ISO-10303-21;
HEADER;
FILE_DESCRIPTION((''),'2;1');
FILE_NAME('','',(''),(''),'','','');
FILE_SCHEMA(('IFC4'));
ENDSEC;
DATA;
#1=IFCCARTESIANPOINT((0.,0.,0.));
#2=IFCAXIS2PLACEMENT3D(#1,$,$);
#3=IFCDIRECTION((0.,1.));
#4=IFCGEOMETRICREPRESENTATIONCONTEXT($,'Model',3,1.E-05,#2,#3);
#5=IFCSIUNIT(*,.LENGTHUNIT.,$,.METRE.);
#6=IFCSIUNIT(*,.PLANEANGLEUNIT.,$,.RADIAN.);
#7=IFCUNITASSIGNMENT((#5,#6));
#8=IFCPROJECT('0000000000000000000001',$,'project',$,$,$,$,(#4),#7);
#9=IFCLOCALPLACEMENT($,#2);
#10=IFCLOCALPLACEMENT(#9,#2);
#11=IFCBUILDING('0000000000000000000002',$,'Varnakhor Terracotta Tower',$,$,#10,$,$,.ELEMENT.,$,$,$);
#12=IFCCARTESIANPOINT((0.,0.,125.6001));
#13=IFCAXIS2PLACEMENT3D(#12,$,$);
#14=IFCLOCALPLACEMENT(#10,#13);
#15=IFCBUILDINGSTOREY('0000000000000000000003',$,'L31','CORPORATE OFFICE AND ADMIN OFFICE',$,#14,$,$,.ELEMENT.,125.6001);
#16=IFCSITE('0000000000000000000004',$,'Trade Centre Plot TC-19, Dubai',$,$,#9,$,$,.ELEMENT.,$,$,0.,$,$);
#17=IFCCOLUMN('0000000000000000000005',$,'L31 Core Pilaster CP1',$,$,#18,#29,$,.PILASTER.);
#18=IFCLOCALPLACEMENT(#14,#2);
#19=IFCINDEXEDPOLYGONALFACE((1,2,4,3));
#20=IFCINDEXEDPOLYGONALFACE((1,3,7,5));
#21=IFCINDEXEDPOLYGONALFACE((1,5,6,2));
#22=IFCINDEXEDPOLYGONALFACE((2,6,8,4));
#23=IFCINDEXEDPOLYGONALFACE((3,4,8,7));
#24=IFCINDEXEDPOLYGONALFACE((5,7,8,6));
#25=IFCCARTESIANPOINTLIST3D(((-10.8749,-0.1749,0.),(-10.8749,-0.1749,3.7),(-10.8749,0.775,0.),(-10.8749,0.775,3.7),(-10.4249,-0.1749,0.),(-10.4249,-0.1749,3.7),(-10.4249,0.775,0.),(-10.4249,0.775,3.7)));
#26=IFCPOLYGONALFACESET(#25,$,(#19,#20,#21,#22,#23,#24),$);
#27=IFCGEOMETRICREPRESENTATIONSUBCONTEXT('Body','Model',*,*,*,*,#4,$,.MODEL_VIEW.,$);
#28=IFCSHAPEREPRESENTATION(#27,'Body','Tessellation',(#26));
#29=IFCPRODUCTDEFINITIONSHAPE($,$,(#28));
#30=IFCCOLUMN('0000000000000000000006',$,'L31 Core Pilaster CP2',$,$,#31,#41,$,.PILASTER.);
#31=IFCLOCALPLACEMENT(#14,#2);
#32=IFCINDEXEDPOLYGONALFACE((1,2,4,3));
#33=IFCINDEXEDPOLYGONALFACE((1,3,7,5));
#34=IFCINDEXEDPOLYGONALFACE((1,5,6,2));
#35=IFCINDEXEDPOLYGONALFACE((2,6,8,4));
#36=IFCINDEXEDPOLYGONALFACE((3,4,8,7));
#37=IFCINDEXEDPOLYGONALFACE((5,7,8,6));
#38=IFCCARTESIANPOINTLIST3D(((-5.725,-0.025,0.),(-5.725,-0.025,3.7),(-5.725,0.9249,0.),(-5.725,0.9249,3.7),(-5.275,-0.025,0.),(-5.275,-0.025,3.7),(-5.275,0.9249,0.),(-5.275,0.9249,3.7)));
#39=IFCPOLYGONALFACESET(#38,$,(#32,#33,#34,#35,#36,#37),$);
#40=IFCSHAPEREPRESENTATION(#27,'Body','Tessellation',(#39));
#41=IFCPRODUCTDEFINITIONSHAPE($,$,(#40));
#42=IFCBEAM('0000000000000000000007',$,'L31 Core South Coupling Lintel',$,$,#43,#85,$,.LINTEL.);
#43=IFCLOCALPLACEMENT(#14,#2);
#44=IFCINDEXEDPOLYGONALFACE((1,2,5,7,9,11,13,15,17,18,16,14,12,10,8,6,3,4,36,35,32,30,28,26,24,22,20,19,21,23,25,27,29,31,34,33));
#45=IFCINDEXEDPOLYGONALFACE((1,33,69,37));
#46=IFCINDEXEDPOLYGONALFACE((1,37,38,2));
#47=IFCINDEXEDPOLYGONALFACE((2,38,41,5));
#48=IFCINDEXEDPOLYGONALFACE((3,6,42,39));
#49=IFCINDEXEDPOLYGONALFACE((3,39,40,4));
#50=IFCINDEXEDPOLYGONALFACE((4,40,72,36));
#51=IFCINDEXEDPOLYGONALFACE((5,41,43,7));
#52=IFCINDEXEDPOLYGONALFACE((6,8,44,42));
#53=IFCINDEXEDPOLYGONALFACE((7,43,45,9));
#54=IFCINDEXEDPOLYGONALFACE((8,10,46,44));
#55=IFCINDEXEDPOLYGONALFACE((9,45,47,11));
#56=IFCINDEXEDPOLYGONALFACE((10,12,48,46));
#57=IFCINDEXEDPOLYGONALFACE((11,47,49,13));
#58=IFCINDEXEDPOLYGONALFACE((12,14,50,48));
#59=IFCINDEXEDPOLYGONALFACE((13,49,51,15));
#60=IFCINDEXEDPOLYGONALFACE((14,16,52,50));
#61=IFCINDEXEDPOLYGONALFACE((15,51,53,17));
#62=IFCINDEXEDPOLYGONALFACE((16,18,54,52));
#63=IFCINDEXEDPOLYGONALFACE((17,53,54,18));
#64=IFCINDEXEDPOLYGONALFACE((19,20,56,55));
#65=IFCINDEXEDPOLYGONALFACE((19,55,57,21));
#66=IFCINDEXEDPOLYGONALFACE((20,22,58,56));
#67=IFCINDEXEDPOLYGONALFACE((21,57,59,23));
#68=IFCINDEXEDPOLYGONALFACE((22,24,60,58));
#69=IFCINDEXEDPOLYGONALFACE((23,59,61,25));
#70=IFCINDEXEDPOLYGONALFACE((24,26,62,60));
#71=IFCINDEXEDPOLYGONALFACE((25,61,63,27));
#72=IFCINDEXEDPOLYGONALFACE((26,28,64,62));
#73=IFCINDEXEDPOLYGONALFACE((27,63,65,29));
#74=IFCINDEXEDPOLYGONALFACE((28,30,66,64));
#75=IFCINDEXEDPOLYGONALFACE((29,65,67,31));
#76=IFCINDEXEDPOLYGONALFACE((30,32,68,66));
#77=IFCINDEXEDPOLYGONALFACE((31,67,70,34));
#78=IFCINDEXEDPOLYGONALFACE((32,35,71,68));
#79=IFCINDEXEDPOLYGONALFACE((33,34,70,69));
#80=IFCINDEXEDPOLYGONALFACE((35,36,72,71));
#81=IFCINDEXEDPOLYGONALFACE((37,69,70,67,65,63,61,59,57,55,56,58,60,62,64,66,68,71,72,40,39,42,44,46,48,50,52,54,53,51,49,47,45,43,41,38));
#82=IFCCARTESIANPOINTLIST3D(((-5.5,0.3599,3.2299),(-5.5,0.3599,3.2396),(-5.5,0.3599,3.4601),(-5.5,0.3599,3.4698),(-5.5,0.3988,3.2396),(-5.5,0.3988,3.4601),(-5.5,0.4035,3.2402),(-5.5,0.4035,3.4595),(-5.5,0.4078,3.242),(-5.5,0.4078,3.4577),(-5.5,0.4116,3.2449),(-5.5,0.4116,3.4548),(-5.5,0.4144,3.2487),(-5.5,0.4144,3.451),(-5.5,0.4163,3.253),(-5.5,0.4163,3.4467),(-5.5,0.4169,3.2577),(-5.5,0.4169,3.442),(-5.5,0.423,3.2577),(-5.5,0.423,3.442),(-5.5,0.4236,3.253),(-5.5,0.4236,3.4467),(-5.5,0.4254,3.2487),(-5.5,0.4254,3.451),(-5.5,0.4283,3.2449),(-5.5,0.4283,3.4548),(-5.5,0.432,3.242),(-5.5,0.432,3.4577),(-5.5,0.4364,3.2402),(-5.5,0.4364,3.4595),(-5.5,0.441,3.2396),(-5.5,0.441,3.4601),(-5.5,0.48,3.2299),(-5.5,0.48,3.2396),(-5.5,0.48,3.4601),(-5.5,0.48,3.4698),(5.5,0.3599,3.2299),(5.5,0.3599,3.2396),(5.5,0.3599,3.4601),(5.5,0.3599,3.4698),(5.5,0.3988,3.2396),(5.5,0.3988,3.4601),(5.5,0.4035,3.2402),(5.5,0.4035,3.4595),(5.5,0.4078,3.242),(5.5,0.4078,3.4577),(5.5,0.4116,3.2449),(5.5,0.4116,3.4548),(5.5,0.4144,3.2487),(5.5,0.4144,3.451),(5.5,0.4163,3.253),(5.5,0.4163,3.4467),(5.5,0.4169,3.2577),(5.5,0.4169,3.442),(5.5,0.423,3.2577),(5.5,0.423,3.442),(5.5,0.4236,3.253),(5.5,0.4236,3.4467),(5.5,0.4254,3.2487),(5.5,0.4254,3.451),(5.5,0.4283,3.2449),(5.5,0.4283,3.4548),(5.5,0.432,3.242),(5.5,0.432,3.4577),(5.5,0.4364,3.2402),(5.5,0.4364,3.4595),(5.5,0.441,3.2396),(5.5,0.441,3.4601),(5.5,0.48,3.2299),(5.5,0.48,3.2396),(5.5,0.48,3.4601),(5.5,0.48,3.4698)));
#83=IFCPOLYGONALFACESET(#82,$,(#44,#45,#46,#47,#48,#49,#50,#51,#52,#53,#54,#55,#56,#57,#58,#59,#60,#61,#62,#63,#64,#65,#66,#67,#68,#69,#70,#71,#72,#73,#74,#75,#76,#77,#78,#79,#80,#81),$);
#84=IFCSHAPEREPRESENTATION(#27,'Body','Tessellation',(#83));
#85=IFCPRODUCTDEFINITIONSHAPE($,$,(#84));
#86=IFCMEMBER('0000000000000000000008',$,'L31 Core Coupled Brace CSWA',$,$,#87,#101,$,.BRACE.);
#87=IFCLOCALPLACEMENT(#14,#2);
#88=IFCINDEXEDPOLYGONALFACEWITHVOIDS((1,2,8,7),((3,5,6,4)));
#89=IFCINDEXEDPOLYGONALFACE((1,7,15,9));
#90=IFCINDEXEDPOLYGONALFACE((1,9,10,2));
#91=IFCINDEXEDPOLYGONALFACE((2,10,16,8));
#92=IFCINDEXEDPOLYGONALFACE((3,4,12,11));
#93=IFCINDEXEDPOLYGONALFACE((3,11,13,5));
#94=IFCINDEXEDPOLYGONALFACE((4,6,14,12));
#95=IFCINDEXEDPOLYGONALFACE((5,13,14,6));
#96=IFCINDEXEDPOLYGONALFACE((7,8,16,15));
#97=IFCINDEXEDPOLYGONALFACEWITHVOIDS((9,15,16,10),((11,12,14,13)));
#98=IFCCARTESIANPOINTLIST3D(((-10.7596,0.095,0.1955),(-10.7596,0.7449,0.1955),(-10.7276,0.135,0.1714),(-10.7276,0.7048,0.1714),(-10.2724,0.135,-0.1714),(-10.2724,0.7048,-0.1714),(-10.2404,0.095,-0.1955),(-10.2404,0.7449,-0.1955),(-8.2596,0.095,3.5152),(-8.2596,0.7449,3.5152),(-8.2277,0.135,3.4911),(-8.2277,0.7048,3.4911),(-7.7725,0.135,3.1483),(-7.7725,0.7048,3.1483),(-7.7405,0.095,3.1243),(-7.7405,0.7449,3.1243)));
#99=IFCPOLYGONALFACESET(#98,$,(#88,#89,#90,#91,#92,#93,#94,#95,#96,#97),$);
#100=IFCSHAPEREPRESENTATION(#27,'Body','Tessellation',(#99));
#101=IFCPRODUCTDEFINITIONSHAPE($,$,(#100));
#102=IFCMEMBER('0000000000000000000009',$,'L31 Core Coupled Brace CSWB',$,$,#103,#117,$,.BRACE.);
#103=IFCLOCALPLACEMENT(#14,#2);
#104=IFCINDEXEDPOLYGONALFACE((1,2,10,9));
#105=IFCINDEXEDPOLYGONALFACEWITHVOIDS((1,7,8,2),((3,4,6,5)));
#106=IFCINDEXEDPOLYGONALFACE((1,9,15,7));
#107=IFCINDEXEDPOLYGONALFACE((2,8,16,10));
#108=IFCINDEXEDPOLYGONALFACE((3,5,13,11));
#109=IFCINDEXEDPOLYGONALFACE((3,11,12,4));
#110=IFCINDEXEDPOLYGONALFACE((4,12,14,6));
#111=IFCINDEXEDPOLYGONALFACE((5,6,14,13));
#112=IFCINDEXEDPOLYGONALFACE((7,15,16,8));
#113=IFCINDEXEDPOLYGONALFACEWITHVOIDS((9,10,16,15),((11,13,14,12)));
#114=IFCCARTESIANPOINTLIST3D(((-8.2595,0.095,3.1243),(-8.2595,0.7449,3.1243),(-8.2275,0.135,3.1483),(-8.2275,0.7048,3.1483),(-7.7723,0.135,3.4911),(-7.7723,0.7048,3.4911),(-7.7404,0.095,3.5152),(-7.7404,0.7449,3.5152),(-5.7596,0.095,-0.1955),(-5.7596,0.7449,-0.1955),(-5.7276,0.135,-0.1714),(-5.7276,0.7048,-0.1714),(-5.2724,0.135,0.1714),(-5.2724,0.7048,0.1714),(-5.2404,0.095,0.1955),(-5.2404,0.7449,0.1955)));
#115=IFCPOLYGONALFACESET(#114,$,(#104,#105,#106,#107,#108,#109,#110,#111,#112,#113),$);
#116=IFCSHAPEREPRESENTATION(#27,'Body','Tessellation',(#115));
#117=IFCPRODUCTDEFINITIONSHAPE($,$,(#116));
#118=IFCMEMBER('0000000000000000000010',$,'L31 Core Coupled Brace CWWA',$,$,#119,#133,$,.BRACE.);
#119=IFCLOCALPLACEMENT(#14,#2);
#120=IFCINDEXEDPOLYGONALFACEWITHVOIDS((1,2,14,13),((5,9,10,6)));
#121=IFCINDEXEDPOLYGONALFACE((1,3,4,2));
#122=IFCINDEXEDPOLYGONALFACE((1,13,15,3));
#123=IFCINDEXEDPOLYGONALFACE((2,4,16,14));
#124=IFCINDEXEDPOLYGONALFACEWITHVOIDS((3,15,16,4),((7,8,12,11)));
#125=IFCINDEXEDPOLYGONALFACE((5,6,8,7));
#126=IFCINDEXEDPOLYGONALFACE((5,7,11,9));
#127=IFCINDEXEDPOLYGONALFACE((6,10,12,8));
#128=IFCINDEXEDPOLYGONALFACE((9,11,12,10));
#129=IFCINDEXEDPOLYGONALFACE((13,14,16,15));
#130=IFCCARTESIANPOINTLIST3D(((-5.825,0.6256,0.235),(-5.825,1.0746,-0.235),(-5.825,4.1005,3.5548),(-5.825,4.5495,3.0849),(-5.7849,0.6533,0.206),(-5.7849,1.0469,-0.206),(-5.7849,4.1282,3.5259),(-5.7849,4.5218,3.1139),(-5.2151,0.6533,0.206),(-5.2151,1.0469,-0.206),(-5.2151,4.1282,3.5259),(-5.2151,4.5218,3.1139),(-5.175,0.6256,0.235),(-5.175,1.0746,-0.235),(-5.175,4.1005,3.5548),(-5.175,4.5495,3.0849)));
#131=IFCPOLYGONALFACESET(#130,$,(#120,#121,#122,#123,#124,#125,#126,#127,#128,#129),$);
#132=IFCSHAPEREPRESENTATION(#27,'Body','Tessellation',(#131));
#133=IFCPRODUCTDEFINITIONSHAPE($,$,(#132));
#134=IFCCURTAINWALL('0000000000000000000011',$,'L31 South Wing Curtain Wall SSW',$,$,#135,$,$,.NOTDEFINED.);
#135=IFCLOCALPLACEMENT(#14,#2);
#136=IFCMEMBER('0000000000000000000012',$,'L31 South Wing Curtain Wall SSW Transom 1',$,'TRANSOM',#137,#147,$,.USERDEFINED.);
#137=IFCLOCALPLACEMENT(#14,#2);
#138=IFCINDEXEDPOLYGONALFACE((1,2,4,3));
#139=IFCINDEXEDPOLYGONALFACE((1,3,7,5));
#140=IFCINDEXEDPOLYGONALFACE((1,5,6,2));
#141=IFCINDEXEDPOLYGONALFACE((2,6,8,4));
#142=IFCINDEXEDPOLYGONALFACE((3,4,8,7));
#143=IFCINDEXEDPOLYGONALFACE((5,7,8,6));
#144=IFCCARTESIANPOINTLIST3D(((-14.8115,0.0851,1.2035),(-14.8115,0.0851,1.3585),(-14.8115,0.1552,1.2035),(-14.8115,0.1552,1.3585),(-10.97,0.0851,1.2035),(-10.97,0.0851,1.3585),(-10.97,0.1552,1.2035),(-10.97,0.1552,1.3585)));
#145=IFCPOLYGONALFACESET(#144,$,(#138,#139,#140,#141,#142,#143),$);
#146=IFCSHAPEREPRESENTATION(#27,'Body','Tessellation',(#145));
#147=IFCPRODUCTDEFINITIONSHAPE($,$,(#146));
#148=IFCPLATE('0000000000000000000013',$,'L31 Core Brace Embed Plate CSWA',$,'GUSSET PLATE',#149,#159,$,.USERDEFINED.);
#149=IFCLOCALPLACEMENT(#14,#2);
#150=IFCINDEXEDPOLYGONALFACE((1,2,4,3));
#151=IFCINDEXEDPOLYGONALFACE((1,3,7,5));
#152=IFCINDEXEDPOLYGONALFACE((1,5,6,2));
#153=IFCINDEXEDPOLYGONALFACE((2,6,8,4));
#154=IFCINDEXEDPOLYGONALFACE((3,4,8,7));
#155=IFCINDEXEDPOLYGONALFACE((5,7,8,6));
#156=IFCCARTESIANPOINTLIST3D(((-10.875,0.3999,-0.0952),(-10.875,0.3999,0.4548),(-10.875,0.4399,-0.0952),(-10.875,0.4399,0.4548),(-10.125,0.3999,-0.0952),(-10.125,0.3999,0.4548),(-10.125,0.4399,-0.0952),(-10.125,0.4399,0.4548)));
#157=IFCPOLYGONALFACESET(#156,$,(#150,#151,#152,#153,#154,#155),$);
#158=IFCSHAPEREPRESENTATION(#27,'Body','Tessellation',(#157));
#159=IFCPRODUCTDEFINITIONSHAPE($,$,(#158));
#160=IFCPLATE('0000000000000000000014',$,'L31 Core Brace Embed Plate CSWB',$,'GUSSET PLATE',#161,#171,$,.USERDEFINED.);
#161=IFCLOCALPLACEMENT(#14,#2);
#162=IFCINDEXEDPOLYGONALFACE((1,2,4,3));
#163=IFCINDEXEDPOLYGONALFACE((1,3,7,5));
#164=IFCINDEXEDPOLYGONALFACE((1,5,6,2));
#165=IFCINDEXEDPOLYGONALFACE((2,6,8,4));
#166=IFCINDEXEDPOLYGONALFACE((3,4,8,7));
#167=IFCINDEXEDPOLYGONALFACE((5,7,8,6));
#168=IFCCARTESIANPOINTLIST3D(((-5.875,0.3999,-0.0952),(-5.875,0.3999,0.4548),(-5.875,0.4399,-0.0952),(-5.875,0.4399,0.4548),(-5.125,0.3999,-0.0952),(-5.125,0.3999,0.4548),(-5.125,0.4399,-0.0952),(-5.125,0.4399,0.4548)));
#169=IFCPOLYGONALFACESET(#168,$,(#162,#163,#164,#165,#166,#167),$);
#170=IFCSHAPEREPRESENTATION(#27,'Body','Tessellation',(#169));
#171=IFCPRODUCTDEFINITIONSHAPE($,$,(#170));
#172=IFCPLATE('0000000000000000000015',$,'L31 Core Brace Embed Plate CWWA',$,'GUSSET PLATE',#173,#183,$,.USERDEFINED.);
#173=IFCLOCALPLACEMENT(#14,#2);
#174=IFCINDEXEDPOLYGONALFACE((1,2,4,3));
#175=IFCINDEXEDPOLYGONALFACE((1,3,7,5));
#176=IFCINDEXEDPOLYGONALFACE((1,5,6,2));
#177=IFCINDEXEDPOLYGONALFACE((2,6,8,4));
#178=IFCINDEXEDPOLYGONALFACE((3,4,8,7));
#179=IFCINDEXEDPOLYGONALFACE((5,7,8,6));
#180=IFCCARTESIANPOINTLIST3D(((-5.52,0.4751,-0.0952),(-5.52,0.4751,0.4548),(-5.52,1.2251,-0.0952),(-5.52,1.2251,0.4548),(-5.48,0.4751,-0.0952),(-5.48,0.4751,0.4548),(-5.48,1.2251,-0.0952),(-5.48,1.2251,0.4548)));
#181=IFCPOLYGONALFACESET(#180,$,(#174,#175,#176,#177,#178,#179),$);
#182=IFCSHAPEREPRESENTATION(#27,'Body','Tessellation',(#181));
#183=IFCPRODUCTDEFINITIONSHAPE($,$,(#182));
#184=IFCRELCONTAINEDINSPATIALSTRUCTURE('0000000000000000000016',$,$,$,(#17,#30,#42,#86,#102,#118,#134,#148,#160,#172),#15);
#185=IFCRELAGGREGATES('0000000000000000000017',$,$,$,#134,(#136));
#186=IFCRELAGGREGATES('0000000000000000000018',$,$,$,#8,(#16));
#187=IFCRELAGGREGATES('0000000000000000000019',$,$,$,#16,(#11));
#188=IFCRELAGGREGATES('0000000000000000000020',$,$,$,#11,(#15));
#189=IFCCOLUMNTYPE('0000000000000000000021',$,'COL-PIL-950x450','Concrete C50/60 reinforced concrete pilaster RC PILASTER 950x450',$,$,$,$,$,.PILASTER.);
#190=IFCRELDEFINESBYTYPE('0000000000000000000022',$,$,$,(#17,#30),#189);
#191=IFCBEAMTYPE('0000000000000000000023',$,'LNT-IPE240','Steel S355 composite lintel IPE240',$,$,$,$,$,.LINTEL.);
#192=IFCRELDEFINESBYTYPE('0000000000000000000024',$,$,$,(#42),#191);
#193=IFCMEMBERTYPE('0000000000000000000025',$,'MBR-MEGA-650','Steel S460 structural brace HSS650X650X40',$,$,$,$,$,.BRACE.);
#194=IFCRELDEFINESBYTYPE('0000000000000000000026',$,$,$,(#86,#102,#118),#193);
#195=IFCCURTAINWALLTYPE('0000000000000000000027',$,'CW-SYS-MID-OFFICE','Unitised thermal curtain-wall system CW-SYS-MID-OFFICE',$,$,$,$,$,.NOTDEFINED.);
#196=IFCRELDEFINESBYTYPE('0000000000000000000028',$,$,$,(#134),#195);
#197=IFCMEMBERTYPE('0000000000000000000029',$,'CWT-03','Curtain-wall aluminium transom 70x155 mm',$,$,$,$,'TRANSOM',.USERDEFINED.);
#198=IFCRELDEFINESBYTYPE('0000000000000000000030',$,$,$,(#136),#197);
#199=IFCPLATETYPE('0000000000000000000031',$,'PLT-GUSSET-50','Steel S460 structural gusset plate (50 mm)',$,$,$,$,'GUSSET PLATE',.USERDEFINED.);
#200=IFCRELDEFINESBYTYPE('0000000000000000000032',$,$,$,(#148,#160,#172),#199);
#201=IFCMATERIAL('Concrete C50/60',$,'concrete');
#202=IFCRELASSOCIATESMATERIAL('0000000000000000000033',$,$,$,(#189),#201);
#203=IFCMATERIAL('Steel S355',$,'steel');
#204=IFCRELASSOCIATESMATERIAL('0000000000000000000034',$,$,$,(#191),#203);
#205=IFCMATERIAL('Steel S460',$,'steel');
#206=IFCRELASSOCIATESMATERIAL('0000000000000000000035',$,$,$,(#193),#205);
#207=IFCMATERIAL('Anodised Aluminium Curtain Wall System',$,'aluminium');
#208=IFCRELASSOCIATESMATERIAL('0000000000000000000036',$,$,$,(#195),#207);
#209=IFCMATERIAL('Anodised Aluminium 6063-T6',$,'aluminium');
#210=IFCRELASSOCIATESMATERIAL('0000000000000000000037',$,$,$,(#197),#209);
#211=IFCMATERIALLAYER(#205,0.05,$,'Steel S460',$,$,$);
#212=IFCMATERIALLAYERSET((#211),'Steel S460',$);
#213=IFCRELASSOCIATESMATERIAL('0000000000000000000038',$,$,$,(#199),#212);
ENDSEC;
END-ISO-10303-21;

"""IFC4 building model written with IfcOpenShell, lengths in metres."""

from ifc_helpers import new_model, si_unit, direction, frame, origin, origin_2d, place, context, subcontext, project, spatial, rectangle, hollow_rectangle, i_section, extrude, source, transform, mapped, material, layer, layer_set, material_profile, profile_set, type_object, type_shapes, element, aggregate, save


model = new_model("IFC4")

# Units and contexts
model_context = context("Model", 3, precision=1e-05, world=origin(), true_north=direction((0.0, 1.0)))
body_context = subcontext(model_context, "Body", "Model", "MODEL_VIEW")
ifc_project = project(units=[si_unit("LENGTHUNIT", "METRE"), si_unit("PLANEANGLEUNIT", "RADIAN")], contexts=[model_context])

# Site, building, storey
site_placement = place(None, origin())
site = spatial("IfcSite", under=ifc_project, at=site_placement, Name="Trade Centre Plot TC-19, Dubai", CompositionType="ELEMENT", RefElevation=0.0)
building_placement = place(site_placement, origin())
building = spatial("IfcBuilding", under=site, at=building_placement, Name="Varnakhor Terracotta Tower", CompositionType="ELEMENT")
storey_placement = place(building_placement, frame((0.0, 0.0, 125.6001)))
storey = spatial("IfcBuildingStorey", under=building, at=storey_placement, Name="L31", Description="CORPORATE OFFICE AND ADMIN OFFICE", CompositionType="ELEMENT", Elevation=125.6001)

# Columns
ifc_material_1 = material(Name="Concrete C50/60", Category="concrete")
ifc_material_profile_1 = material_profile(ifc_material_1, rectangle(XDim=0.45, YDim=0.95, at=origin_2d()), Name="RC PILASTER 950x450")
ifc_profile_set_1 = profile_set([ifc_material_profile_1], Name="Concrete C50/60")
column_type = type_object("IfcColumnType", Name="COL-PIL-950x450", Description="Concrete C50/60 reinforced concrete pilaster RC PILASTER 950x450", PredefinedType="PILASTER", material=ifc_profile_set_1)
shared_shape_1 = source(origin(), body_context, "Body", "SweptSolid", [
    extrude(rectangle(XDim=0.45, YDim=0.95, at=origin_2d()), origin(), (0.0, 0.0, 1.0), 3.7),
])
for number, where, z_axis, x_axis, name in (
    (1, (-10.6499, 0.3, 0.0), (0.0, 0.0, 1.0), (1.0, 0.0, 0.0), "L31 Core Pilaster CP1"),
    (2, (-5.5, 0.45, 0.0), (0.0, 0.0, 1.0), (1.0, 0.0, 0.0), "L31 Core Pilaster CP2"),
):
    element("IfcColumn", number, at=place(storey_placement, frame(where, z_axis=z_axis, x_axis=x_axis)), inside=storey, type_object=column_type, Name=name, PredefinedType="PILASTER", context=body_context, shape_type="MappedRepresentation", body=[
        mapped(shared_shape_1, transform((0.0, 0.0, 0.0), scale=1.0)),
    ])

# Beam
ifc_material_2 = material(Name="Steel S355", Category="steel")
ifc_material_profile_2 = material_profile(ifc_material_2, i_section(OverallWidth=0.1201, OverallDepth=0.24, WebThickness=0.0061, FlangeThickness=0.0098, FilletRadius=0.0181, at=origin_2d()), Name="IPE240")
ifc_profile_set_2 = profile_set([ifc_material_profile_2], Name="Steel S355")
beam_type = type_object("IfcBeamType", Name="LNT-IPE240", Description="Steel S355 composite lintel IPE240", PredefinedType="LINTEL", material=ifc_profile_set_2)
shared_shape_2 = source(origin(), body_context, "Body", "SweptSolid", [
    extrude(i_section(OverallWidth=0.1201, OverallDepth=0.24, WebThickness=0.0061, FlangeThickness=0.0098, FilletRadius=0.0181, at=origin_2d()), origin(), (0.0, 0.0, 1.0), 11.0),
])
type_shapes(beam_type, [shared_shape_2])
beam_placement = place(storey_placement, frame((-5.5, 0.4199, 3.3499), z_axis=(1.0, 0.0, 0.0), x_axis=(0.0, 1.0, 0.0)))
element("IfcBeam", 3, at=beam_placement, inside=storey, type_object=beam_type, Name="L31 Core South Coupling Lintel", PredefinedType="LINTEL", context=body_context, shape_type="MappedRepresentation", body=[
    mapped(shared_shape_2, transform((0.0, 0.0, 0.0), scale=1.0)),
])

# Members
ifc_material_3 = material(Name="Steel S460", Category="steel")
ifc_material_profile_3 = material_profile(ifc_material_3, hollow_rectangle(XDim=0.6499, YDim=0.6499, WallThickness=0.04, at=origin_2d()), Name="HSS650X650X40")
ifc_profile_set_3 = profile_set([ifc_material_profile_3], Name="Steel S460")
member_type_1 = type_object("IfcMemberType", Name="MBR-MEGA-650", Description="Steel S460 structural brace HSS650X650X40", PredefinedType="BRACE", material=ifc_profile_set_3)
shared_shape_3 = source(origin(), body_context, "Body", "SweptSolid", [
    extrude(hollow_rectangle(XDim=0.6499, YDim=0.6499, WallThickness=0.04, at=origin_2d()), origin(), (0.0, 0.0, 1.0), 4.1558),
])
for number, where, z_axis, x_axis, name in (
    (4, (-10.5, 0.4199, 0.0), (0.601559, 0.0, 0.798828), (0.0, 1.0, 0.0), "L31 Core Coupled Brace CSWA"),
    (5, (-5.5, 0.4199, 0.0), (-0.601559, 0.0, 0.798828), (0.0, -1.0, 0.0), "L31 Core Coupled Brace CSWB"),
):
    element("IfcMember", number, at=place(storey_placement, frame(where, z_axis=z_axis, x_axis=x_axis)), inside=storey, type_object=member_type_1, Name=name, PredefinedType="BRACE", context=body_context, shape_type="MappedRepresentation", body=[
        mapped(shared_shape_3, transform((0.0, 0.0, 0.0), scale=1.0)),
    ])
shared_shape_4 = source(origin(), body_context, "Body", "SweptSolid", [
    extrude(hollow_rectangle(XDim=0.6499, YDim=0.6499, WallThickness=0.04, at=origin_2d()), origin(), (0.0, 0.0, 1.0), 4.8059),
])
member_1_placement = place(storey_placement, frame((-5.5, 0.8501, 0.0), z_axis=(0.0, 0.723052, 0.690793), x_axis=(-1.0, 0.0, 0.0)))
element("IfcMember", 6, at=member_1_placement, inside=storey, type_object=member_type_1, Name="L31 Core Coupled Brace CWWA", PredefinedType="BRACE", context=body_context, shape_type="MappedRepresentation", body=[
    mapped(shared_shape_4, transform((0.0, 0.0, 0.0), scale=1.0)),
])

# Curtain wall, member
ifc_material_4 = material(Name="Anodised Aluminium Curtain Wall System", Category="aluminium")
curtain_wall_type = type_object("IfcCurtainWallType", Name="CW-SYS-MID-OFFICE", Description="Unitised thermal curtain-wall system CW-SYS-MID-OFFICE", PredefinedType="NOTDEFINED", material=ifc_material_4)
curtain_wall_placement = place(storey_placement, origin())
curtain_wall = element("IfcCurtainWall", 7, at=curtain_wall_placement, inside=storey, type_object=curtain_wall_type, Name="L31 South Wing Curtain Wall SSW", PredefinedType="NOTDEFINED")
ifc_material_5 = material(Name="Anodised Aluminium 6063-T6", Category="aluminium")
ifc_material_profile_4 = material_profile(ifc_material_5, rectangle(XDim=0.0701, YDim=0.155, at=origin_2d()), Name="ALU TRANSOM 70x155")
ifc_profile_set_4 = profile_set([ifc_material_profile_4], Name="Anodised Aluminium 6063-T6")
member_type_2 = type_object("IfcMemberType", Name="CWT-03", Description="Curtain-wall aluminium transom 70x155 mm", ElementType="TRANSOM", PredefinedType="USERDEFINED", material=ifc_profile_set_4)
shared_shape_5 = source(origin(), body_context, "Body", "SweptSolid", [
    extrude(rectangle(XDim=0.0701, YDim=0.155, at=origin_2d()), origin(), (0.0, 0.0, 1.0), 3.8416),
])
member_2_placement = place(storey_placement, frame((-10.97, 0.1201, 1.281), z_axis=(-1.0, 0.0, 0.0), x_axis=(0.0, -1.0, 0.0)))
member_2 = element("IfcMember", 8, at=member_2_placement, type_object=member_type_2, Name="L31 South Wing Curtain Wall SSW Transom 1", ObjectType="TRANSOM", PredefinedType="USERDEFINED", context=body_context, shape_type="MappedRepresentation", body=[
    mapped(shared_shape_5, transform((0.0, 0.0, 0.0), scale=1.0)),
])
aggregate(curtain_wall, [member_2])

# Plates
ifc_layer_1 = layer(ifc_material_3, 0.05, Name="Steel S460")
ifc_layer_set_1 = layer_set([ifc_layer_1], Name="Steel S460")
plate_type = type_object("IfcPlateType", Name="PLT-GUSSET-50", Description="Steel S460 structural gusset plate (50 mm)", ElementType="GUSSET PLATE", PredefinedType="USERDEFINED", material=ifc_layer_set_1)
shared_shape_6 = source(origin(), body_context, "Body", "SweptSolid", [
    extrude(rectangle(XDim=0.75, YDim=0.04, at=origin_2d()), origin(), (0.0, 0.0, 1.0), 0.55),
])
type_shapes(plate_type, [shared_shape_6])
for number, where, z_axis, x_axis, name in (
    (9, (-10.5, 0.4199, -0.0952), (0.0, 0.0, 1.0), (1.0, 0.0, 0.0), "L31 Core Brace Embed Plate CSWA"),
    (10, (-5.5, 0.4199, -0.0952), (0.0, 0.0, 1.0), (1.0, 0.0, 0.0), "L31 Core Brace Embed Plate CSWB"),
    (11, (-5.5, 0.8501, -0.0952), (0.0, 0.0, 1.0), (0.0, 1.0, 0.0), "L31 Core Brace Embed Plate CWWA"),
):
    element("IfcPlate", number, at=place(storey_placement, frame(where, z_axis=z_axis, x_axis=x_axis)), inside=storey, type_object=plate_type, Name=name, ObjectType="GUSSET PLATE", PredefinedType="USERDEFINED", context=body_context, shape_type="MappedRepresentation", body=[
        mapped(shared_shape_6, transform((0.0, 0.0, 0.0), scale=1.0)),
    ])

save(model, "model.ifc")
